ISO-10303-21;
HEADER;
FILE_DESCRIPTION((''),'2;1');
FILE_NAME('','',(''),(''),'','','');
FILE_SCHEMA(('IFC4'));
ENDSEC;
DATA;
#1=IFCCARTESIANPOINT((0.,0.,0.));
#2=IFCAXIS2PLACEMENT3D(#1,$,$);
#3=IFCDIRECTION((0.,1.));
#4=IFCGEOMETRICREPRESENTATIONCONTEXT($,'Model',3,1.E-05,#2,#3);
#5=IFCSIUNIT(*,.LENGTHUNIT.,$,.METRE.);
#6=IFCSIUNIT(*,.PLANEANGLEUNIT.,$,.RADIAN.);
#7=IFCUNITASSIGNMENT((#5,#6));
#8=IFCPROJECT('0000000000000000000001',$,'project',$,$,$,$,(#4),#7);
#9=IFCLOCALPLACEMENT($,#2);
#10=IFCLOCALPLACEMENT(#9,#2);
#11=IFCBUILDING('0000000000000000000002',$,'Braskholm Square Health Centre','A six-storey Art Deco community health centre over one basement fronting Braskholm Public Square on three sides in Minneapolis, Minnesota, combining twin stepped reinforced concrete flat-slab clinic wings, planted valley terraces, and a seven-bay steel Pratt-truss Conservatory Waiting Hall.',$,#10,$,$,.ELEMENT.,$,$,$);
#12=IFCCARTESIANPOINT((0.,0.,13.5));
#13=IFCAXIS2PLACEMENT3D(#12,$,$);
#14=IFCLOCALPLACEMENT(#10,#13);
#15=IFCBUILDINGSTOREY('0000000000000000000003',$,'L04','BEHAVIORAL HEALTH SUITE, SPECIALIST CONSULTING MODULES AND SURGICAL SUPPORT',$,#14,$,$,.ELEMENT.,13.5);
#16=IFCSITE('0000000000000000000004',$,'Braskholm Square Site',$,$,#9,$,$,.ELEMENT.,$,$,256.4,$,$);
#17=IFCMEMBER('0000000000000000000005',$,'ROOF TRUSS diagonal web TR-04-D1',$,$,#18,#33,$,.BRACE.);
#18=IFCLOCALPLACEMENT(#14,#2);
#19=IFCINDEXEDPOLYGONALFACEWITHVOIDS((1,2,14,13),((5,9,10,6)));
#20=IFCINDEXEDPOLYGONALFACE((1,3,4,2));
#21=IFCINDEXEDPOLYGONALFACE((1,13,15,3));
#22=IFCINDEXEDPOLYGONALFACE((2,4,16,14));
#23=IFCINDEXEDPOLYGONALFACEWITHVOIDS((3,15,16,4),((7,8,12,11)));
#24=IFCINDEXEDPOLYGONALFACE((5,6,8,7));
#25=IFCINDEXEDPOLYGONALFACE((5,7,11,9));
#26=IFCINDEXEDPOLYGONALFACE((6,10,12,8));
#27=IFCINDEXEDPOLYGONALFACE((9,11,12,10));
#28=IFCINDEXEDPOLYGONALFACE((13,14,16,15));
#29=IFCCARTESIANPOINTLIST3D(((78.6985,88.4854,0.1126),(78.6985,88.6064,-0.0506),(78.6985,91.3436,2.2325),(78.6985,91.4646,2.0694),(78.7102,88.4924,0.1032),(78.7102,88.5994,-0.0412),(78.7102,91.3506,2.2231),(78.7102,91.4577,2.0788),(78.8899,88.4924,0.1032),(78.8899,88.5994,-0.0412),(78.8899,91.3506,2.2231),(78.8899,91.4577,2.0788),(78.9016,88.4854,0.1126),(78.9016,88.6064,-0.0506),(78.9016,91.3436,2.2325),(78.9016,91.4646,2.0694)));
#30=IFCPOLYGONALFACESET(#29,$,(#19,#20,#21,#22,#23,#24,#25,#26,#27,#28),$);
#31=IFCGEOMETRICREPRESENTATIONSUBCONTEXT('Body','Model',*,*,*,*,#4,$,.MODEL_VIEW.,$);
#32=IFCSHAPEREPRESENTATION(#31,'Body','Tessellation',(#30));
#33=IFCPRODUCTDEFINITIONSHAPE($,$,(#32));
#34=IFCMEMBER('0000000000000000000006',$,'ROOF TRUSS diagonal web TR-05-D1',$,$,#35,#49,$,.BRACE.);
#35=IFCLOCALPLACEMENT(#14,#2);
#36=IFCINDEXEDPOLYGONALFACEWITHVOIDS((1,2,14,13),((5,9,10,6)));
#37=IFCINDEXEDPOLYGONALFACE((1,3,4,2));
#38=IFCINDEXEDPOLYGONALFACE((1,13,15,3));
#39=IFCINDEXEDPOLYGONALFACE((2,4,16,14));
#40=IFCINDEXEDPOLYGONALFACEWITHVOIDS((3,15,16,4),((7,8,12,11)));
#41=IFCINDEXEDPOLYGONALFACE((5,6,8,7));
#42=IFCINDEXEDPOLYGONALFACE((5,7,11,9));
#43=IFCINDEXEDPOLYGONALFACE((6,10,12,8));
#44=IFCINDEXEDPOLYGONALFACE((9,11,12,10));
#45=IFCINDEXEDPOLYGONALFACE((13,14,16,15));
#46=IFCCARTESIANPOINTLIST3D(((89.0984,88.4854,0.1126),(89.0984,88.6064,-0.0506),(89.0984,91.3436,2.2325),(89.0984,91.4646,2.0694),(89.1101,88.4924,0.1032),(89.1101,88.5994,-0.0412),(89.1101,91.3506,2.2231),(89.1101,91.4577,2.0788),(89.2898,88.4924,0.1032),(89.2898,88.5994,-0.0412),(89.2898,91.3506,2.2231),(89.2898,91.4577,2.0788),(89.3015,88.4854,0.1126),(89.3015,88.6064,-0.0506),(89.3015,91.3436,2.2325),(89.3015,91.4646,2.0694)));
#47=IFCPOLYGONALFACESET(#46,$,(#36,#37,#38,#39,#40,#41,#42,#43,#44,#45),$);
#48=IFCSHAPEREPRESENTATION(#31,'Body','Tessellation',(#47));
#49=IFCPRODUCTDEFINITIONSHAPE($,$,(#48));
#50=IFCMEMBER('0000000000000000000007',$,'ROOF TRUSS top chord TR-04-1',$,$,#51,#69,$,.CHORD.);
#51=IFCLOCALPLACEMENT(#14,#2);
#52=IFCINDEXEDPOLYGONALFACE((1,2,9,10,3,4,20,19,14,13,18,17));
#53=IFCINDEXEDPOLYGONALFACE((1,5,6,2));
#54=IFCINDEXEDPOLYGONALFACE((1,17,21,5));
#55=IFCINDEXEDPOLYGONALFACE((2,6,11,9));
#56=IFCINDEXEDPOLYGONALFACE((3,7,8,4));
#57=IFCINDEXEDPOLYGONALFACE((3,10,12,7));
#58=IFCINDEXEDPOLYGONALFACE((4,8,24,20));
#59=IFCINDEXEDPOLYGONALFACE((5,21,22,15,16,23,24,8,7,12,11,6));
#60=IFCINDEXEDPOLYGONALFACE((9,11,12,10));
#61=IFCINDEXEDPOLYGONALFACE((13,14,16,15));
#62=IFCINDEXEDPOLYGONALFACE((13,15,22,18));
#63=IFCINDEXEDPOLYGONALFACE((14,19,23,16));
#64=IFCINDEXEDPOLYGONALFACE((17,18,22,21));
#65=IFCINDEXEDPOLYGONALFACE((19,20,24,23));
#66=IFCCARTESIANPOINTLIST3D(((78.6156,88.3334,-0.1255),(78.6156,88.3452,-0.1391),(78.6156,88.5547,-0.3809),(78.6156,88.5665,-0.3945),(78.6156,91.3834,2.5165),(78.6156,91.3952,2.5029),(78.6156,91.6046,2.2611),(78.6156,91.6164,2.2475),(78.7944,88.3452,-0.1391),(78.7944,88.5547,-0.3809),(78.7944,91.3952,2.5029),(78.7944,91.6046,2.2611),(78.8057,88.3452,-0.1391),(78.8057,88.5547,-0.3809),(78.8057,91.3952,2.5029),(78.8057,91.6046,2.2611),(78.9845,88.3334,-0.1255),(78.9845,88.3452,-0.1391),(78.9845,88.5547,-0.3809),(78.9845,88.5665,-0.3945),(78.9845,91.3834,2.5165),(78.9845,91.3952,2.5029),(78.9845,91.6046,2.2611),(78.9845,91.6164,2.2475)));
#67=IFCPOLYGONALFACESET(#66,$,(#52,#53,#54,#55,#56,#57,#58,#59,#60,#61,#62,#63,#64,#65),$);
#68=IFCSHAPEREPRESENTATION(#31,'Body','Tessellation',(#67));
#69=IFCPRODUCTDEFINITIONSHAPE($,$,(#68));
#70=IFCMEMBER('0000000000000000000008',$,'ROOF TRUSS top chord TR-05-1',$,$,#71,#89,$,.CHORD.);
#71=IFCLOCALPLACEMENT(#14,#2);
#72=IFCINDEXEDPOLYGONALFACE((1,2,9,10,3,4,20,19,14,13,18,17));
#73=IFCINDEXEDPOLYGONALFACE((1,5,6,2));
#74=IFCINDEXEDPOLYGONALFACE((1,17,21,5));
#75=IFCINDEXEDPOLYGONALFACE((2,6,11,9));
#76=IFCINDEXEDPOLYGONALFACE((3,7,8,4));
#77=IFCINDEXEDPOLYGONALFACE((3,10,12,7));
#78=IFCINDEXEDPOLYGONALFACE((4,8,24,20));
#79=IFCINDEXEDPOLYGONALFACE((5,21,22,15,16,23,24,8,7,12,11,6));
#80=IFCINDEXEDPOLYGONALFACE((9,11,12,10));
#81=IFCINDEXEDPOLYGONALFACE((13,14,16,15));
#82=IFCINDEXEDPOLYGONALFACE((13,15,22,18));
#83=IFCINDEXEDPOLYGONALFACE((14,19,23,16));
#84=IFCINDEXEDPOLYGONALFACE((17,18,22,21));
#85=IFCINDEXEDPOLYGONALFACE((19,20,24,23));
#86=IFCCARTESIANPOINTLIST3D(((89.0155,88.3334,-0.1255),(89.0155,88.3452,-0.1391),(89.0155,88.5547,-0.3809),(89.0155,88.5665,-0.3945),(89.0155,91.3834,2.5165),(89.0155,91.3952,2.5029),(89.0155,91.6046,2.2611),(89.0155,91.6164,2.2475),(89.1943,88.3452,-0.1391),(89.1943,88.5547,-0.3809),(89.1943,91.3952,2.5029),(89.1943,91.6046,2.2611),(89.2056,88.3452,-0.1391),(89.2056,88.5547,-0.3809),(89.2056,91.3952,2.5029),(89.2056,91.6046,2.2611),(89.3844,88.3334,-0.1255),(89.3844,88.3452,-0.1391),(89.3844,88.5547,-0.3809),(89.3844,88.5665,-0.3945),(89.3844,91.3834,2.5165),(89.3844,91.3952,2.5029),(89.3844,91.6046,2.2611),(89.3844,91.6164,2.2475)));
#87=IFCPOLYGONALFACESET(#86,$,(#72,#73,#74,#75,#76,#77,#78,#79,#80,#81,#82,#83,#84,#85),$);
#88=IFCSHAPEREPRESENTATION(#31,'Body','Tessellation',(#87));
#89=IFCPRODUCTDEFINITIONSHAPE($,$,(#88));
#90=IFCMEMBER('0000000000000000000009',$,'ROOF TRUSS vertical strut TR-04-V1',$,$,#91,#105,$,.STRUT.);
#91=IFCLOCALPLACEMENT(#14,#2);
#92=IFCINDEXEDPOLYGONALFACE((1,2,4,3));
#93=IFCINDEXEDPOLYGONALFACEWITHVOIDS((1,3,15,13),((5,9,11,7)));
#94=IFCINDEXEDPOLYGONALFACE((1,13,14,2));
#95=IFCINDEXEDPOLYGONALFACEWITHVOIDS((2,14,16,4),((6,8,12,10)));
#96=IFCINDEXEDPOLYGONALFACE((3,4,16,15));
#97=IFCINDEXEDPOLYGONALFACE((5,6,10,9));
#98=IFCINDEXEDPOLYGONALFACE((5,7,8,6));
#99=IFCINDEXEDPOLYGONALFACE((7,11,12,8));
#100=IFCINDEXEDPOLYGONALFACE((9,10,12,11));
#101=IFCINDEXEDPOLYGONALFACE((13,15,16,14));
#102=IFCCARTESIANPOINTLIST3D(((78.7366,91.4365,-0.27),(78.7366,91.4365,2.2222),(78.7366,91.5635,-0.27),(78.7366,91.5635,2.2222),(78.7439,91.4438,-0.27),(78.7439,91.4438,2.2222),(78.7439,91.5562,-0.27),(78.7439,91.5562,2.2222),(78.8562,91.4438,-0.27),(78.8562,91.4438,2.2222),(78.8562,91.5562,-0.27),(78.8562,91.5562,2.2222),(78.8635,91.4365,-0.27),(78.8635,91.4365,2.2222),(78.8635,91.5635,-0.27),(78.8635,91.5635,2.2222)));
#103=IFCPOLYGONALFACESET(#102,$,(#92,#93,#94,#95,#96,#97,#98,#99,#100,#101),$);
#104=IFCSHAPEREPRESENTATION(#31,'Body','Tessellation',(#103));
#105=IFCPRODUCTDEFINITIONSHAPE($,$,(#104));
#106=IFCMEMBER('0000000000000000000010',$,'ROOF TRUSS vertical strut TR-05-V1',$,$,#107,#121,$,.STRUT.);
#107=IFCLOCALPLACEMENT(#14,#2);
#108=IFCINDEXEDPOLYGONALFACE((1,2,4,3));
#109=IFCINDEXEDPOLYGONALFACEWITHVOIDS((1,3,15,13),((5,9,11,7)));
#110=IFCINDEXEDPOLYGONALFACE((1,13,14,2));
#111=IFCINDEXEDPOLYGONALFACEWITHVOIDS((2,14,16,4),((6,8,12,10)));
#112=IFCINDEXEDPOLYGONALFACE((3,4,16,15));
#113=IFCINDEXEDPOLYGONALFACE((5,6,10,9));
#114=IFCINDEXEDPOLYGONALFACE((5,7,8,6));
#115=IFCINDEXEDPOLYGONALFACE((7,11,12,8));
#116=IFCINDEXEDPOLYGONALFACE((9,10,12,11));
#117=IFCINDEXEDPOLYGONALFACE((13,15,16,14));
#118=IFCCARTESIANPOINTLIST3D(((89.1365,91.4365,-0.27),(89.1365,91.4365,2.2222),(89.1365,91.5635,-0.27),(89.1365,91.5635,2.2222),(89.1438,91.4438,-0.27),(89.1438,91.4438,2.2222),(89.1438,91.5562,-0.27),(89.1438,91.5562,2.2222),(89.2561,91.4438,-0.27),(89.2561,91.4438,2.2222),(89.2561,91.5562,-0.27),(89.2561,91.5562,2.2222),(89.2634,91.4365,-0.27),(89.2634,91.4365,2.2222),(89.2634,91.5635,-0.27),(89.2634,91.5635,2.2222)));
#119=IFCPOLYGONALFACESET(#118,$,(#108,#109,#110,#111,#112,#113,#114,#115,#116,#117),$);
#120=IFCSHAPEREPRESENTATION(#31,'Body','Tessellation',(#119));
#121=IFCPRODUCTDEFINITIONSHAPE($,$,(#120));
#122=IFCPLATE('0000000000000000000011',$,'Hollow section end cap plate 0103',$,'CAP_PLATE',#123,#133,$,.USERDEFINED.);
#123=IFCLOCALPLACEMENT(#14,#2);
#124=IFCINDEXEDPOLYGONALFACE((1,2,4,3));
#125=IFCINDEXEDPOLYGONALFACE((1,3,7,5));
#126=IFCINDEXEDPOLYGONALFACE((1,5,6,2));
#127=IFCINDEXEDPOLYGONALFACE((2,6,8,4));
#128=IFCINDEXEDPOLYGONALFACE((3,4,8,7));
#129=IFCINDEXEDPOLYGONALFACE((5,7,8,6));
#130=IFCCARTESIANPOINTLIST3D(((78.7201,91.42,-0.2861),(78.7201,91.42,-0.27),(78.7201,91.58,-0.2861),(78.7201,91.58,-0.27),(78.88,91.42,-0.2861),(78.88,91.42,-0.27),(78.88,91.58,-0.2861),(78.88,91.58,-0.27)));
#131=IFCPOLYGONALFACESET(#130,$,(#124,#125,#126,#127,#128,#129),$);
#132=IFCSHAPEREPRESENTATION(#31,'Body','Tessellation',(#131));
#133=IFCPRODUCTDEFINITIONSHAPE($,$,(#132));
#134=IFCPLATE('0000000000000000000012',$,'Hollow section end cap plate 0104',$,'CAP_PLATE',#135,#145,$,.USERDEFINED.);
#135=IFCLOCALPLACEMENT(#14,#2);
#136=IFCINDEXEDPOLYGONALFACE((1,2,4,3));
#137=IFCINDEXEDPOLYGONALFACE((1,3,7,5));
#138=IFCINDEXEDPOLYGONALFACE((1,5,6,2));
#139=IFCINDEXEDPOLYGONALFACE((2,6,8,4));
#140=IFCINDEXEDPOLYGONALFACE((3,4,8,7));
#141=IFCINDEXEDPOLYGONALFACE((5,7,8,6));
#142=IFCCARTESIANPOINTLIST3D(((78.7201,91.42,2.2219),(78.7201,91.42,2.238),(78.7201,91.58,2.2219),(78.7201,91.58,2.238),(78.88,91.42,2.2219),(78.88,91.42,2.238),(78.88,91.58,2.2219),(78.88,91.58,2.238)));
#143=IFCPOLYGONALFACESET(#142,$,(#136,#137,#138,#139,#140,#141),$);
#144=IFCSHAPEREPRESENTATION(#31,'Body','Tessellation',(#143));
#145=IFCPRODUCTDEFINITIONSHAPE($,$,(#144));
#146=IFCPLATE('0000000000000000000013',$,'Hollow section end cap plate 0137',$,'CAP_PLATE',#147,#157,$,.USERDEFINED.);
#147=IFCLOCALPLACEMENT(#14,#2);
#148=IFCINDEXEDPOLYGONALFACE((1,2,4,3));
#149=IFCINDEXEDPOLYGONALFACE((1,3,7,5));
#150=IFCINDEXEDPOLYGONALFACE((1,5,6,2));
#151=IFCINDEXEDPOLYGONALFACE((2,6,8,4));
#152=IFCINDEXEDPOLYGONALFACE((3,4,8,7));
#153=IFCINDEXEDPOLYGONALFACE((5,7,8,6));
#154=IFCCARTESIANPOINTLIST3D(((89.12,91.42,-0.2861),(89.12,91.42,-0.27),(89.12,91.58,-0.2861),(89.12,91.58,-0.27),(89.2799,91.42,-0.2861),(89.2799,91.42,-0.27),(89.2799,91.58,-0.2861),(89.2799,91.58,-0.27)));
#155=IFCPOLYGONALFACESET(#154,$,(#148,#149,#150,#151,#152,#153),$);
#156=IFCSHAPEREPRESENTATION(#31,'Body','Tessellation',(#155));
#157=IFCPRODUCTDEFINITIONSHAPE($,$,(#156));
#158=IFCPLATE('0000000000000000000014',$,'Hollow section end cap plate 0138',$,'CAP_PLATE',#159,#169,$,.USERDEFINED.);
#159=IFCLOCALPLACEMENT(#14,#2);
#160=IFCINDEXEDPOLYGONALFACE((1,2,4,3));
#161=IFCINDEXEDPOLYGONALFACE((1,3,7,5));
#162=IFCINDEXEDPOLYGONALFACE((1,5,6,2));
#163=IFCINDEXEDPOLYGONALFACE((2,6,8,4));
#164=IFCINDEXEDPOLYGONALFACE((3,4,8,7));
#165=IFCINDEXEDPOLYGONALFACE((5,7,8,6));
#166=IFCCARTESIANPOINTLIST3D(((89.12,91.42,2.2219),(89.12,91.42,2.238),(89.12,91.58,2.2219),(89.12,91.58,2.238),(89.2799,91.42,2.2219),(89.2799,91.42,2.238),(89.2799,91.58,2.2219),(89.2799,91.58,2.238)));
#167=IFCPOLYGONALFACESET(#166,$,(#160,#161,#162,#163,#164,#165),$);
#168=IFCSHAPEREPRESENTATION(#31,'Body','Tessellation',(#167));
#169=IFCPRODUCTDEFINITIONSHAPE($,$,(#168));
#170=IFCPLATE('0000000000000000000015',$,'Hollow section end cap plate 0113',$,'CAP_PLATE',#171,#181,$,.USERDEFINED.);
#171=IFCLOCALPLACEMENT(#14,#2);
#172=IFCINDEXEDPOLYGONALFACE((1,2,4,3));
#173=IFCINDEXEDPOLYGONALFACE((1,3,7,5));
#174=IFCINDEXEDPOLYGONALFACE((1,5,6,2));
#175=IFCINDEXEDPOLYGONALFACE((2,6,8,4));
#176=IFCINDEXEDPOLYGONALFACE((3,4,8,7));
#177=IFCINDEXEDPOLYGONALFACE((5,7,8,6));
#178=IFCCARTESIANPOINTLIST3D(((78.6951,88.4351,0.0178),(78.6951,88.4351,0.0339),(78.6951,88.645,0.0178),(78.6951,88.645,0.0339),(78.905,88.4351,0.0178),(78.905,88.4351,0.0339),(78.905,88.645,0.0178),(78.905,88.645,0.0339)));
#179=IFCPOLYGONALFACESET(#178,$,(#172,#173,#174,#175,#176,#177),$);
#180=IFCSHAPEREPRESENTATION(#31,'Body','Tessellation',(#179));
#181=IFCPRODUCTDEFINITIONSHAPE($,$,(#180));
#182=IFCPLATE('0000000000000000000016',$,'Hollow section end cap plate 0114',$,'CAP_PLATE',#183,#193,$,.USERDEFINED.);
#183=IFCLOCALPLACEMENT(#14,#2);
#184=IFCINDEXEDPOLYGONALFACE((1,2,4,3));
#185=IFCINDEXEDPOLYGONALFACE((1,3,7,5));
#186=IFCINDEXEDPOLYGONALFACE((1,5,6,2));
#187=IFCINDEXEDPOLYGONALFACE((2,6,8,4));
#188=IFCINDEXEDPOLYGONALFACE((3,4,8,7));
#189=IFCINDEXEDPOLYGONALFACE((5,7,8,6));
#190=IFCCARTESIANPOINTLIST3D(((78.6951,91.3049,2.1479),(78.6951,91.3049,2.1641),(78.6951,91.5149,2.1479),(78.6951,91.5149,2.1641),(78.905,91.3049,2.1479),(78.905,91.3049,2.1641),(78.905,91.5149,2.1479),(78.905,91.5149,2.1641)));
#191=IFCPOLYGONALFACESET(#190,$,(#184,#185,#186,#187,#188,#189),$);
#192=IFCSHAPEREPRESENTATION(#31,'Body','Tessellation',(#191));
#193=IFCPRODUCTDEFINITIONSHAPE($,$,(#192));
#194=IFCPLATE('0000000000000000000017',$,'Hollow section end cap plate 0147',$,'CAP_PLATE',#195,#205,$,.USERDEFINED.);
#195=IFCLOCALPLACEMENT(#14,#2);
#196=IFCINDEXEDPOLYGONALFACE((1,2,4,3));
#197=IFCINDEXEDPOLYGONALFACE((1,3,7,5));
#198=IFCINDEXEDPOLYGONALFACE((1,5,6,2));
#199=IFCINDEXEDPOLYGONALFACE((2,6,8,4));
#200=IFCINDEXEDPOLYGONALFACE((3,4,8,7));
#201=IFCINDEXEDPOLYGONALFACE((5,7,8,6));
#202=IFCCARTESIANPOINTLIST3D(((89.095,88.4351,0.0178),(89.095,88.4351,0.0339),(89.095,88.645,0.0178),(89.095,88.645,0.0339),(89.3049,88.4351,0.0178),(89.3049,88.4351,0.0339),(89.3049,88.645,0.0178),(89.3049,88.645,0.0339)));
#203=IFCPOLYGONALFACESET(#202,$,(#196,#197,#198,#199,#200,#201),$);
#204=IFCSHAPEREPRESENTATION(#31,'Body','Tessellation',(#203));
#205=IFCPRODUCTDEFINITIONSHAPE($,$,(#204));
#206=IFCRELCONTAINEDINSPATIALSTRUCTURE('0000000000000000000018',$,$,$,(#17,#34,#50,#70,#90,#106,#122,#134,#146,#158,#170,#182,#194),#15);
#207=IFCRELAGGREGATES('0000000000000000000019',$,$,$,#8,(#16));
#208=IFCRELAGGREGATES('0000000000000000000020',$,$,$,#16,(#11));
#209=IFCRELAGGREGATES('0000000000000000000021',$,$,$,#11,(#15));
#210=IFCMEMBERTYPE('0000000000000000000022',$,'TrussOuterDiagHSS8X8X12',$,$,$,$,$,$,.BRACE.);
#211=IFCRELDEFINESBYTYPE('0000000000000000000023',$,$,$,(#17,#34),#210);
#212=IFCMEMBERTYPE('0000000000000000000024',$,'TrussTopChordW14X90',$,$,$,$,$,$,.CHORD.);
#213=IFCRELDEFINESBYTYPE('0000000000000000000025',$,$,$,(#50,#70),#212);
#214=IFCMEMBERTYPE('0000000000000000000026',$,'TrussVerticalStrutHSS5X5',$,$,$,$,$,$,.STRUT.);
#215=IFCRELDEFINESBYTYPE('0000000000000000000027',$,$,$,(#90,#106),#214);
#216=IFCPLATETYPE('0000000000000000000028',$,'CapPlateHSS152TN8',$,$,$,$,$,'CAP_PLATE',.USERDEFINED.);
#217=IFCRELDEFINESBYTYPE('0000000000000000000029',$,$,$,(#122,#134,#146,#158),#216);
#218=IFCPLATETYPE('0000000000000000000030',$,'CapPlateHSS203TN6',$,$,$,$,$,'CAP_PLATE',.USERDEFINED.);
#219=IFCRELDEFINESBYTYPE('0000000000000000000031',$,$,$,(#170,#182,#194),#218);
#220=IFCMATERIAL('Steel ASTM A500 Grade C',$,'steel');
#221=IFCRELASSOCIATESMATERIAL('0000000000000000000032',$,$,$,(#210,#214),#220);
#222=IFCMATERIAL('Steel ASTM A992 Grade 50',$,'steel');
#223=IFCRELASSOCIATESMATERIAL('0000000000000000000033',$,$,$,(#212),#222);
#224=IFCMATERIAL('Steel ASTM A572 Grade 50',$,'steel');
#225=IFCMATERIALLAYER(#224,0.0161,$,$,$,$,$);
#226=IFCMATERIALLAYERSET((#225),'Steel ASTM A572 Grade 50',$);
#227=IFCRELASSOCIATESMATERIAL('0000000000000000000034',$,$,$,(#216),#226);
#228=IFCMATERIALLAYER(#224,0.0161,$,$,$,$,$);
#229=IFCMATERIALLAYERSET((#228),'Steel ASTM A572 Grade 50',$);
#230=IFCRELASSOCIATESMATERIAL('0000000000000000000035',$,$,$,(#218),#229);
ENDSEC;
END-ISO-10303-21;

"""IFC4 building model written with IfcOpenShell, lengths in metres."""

from ifc_helpers import new_model, si_unit, direction, frame, origin, origin_2d, place, context, subcontext, project, spatial, rectangle, hollow_rectangle, i_section, extrude, material, layer, layer_set, material_profile, profile_set, type_object, element, save


model = new_model("IFC4")

# Units and contexts
model_context = context("Model", 3, precision=1e-05, world=origin(), true_north=direction((0.0, 1.0)))
body_context = subcontext(model_context, "Body", "Model", "MODEL_VIEW")
ifc_project = project(units=[si_unit("LENGTHUNIT", "METRE"), si_unit("PLANEANGLEUNIT", "RADIAN")], contexts=[model_context])

# Site, building, storey
site_placement = place(None, origin())
site = spatial("IfcSite", under=ifc_project, at=site_placement, Name="Braskholm Square Site", CompositionType="ELEMENT", RefElevation=256.4)
building_placement = place(site_placement, origin())
building = spatial("IfcBuilding", under=site, at=building_placement, Name="Braskholm Square Health Centre", Description="A six-storey Art Deco community health centre over one basement fronting Braskholm Public Square on three sides in Minneapolis, Minnesota, combining twin stepped reinforced concrete flat-slab clinic wings, planted valley terraces, and a seven-bay steel Pratt-truss Conservatory Waiting Hall.", CompositionType="ELEMENT")
storey_placement = place(building_placement, frame((0.0, 0.0, 13.5)))
storey = spatial("IfcBuildingStorey", under=building, at=storey_placement, Name="L04", Description="BEHAVIORAL HEALTH SUITE, SPECIALIST CONSULTING MODULES AND SURGICAL SUPPORT", CompositionType="ELEMENT", Elevation=13.5)

# Shared definitions
ifc_material_1 = material(Name="Steel ASTM A500 Grade C", Category="steel")

# Shared definitions
ifc_material_2 = material(Name="Steel ASTM A992 Grade 50", Category="steel")

# Members
ifc_material_profile_1 = material_profile(ifc_material_1, hollow_rectangle(XDim=0.2031, YDim=0.2031, WallThickness=0.0117, at=origin_2d()), Name="HSS8X8X1/2")
ifc_profile_set_1 = profile_set([ifc_material_profile_1], Name="Steel ASTM A500 Grade C")
member_type_1 = type_object("IfcMemberType", Name="TrussOuterDiagHSS8X8X12", PredefinedType="BRACE", material=ifc_profile_set_1)
for number, where, z_axis, x_axis, name in (
    (1, (78.8, 88.5459, 0.031), (0.0, 0.803191, 0.595721), (-1.0, 0.0, 0.0), "ROOF TRUSS diagonal web TR-04-D1"),
    (2, (89.2, 88.5459, 0.031), (0.0, 0.803191, 0.595721), (-1.0, 0.0, 0.0), "ROOF TRUSS diagonal web TR-05-D1"),
):
    element("IfcMember", number, at=place(storey_placement, frame(where, z_axis=z_axis, x_axis=x_axis)), inside=storey, type_object=member_type_1, Name=name, PredefinedType="BRACE", context=body_context, shape_type="SweptSolid", body=[
        extrude(hollow_rectangle(XDim=0.2031, YDim=0.2031, WallThickness=0.0117, at=origin_2d()), origin(), (0.0, 0.0, 1.0), 3.5586),
    ])
ifc_material_profile_2 = material_profile(ifc_material_2, i_section(OverallWidth=0.3689, OverallDepth=0.356, WebThickness=0.0112, FlangeThickness=0.0181, at=origin_2d()), Name="W14X90")
ifc_profile_set_2 = profile_set([ifc_material_profile_2], Name="Steel ASTM A992 Grade 50")
member_type_2 = type_object("IfcMemberType", Name="TrussTopChordW14X90", PredefinedType="CHORD", material=ifc_profile_set_2)
for number, where, z_axis, x_axis, name in (
    (3, (78.8, 88.45, -0.26), (0.0, 0.755847, 0.654749), (-1.0, 0.0, 0.0), "ROOF TRUSS top chord TR-04-1"),
    (4, (89.2, 88.45, -0.26), (0.0, 0.755847, 0.654749), (-1.0, 0.0, 0.0), "ROOF TRUSS top chord TR-05-1"),
):
    element("IfcMember", number, at=place(storey_placement, frame(where, z_axis=z_axis, x_axis=x_axis)), inside=storey, type_object=member_type_2, Name=name, PredefinedType="CHORD", context=body_context, shape_type="SweptSolid", body=[
        extrude(i_section(OverallWidth=0.3689, OverallDepth=0.356, WebThickness=0.0112, FlangeThickness=0.0181, at=origin_2d()), origin(), (0.0, 0.0, 1.0), 4.0352),
    ])
ifc_material_profile_3 = material_profile(ifc_material_1, hollow_rectangle(XDim=0.127, YDim=0.127, WallThickness=0.0073, at=origin_2d()), Name="HSS5X5X5/16")
ifc_profile_set_3 = profile_set([ifc_material_profile_3], Name="Steel ASTM A500 Grade C")
member_type_3 = type_object("IfcMemberType", Name="TrussVerticalStrutHSS5X5", PredefinedType="STRUT", material=ifc_profile_set_3)
for number, where, z_axis, x_axis, name in (
    (5, (78.8, 91.5, -0.27), (0.0, 0.0, 1.0), (1.0, 0.0, 0.0), "ROOF TRUSS vertical strut TR-04-V1"),
    (6, (89.2, 91.5, -0.27), (0.0, 0.0, 1.0), (1.0, 0.0, 0.0), "ROOF TRUSS vertical strut TR-05-V1"),
):
    element("IfcMember", number, at=place(storey_placement, frame(where, z_axis=z_axis, x_axis=x_axis)), inside=storey, type_object=member_type_3, Name=name, PredefinedType="STRUT", context=body_context, shape_type="SweptSolid", body=[
        extrude(hollow_rectangle(XDim=0.127, YDim=0.127, WallThickness=0.0073, at=origin_2d()), origin(), (0.0, 0.0, 1.0), 2.4922),
    ])

# Plates
ifc_material_3 = material(Name="Steel ASTM A572 Grade 50", Category="steel")
ifc_layer_1 = layer(ifc_material_3, 0.0161)
ifc_layer_set_1 = layer_set([ifc_layer_1], Name="Steel ASTM A572 Grade 50")
plate_type_1 = type_object("IfcPlateType", Name="CapPlateHSS152TN8", ElementType="CAP_PLATE", PredefinedType="USERDEFINED", material=ifc_layer_set_1)
for number, where, z_axis, x_axis, name in (
    (7, (78.8, 91.5, -0.2861), (0.0, 0.0, 1.0), (1.0, 0.0, 0.0), "Hollow section end cap plate 0103"),
    (8, (78.8, 91.5, 2.2219), (0.0, 0.0, 1.0), (1.0, 0.0, 0.0), "Hollow section end cap plate 0104"),
    (9, (89.2, 91.5, -0.2861), (0.0, 0.0, 1.0), (1.0, 0.0, 0.0), "Hollow section end cap plate 0137"),
    (10, (89.2, 91.5, 2.2219), (0.0, 0.0, 1.0), (1.0, 0.0, 0.0), "Hollow section end cap plate 0138"),
):
    element("IfcPlate", number, at=place(storey_placement, frame(where, z_axis=z_axis, x_axis=x_axis)), inside=storey, type_object=plate_type_1, Name=name, ObjectType="CAP_PLATE", PredefinedType="USERDEFINED", context=body_context, shape_type="SweptSolid", body=[
        extrude(rectangle(XDim=0.1599, YDim=0.1599, at=origin_2d()), origin(), (0.0, 0.0, 1.0), 0.0161),
    ])
ifc_layer_2 = layer(ifc_material_3, 0.0161)
ifc_layer_set_2 = layer_set([ifc_layer_2], Name="Steel ASTM A572 Grade 50")
plate_type_2 = type_object("IfcPlateType", Name="CapPlateHSS203TN6", ElementType="CAP_PLATE", PredefinedType="USERDEFINED", material=ifc_layer_set_2)
for number, where, z_axis, x_axis, name in (
    (11, (78.8, 88.54, 0.0178), (0.0, 0.0, 1.0), (1.0, 0.0, 0.0), "Hollow section end cap plate 0113"),
    (12, (78.8, 91.4099, 2.1479), (0.0, 0.0, 1.0), (1.0, 0.0, 0.0), "Hollow section end cap plate 0114"),
    (13, (89.2, 88.54, 0.0178), (0.0, 0.0, 1.0), (1.0, 0.0, 0.0), "Hollow section end cap plate 0147"),
):
    element("IfcPlate", number, at=place(storey_placement, frame(where, z_axis=z_axis, x_axis=x_axis)), inside=storey, type_object=plate_type_2, Name=name, ObjectType="CAP_PLATE", PredefinedType="USERDEFINED", context=body_context, shape_type="SweptSolid", body=[
        extrude(rectangle(XDim=0.21, YDim=0.21, at=origin_2d()), origin(), (0.0, 0.0, 1.0), 0.0161),
    ])

save(model, "model.ifc")
